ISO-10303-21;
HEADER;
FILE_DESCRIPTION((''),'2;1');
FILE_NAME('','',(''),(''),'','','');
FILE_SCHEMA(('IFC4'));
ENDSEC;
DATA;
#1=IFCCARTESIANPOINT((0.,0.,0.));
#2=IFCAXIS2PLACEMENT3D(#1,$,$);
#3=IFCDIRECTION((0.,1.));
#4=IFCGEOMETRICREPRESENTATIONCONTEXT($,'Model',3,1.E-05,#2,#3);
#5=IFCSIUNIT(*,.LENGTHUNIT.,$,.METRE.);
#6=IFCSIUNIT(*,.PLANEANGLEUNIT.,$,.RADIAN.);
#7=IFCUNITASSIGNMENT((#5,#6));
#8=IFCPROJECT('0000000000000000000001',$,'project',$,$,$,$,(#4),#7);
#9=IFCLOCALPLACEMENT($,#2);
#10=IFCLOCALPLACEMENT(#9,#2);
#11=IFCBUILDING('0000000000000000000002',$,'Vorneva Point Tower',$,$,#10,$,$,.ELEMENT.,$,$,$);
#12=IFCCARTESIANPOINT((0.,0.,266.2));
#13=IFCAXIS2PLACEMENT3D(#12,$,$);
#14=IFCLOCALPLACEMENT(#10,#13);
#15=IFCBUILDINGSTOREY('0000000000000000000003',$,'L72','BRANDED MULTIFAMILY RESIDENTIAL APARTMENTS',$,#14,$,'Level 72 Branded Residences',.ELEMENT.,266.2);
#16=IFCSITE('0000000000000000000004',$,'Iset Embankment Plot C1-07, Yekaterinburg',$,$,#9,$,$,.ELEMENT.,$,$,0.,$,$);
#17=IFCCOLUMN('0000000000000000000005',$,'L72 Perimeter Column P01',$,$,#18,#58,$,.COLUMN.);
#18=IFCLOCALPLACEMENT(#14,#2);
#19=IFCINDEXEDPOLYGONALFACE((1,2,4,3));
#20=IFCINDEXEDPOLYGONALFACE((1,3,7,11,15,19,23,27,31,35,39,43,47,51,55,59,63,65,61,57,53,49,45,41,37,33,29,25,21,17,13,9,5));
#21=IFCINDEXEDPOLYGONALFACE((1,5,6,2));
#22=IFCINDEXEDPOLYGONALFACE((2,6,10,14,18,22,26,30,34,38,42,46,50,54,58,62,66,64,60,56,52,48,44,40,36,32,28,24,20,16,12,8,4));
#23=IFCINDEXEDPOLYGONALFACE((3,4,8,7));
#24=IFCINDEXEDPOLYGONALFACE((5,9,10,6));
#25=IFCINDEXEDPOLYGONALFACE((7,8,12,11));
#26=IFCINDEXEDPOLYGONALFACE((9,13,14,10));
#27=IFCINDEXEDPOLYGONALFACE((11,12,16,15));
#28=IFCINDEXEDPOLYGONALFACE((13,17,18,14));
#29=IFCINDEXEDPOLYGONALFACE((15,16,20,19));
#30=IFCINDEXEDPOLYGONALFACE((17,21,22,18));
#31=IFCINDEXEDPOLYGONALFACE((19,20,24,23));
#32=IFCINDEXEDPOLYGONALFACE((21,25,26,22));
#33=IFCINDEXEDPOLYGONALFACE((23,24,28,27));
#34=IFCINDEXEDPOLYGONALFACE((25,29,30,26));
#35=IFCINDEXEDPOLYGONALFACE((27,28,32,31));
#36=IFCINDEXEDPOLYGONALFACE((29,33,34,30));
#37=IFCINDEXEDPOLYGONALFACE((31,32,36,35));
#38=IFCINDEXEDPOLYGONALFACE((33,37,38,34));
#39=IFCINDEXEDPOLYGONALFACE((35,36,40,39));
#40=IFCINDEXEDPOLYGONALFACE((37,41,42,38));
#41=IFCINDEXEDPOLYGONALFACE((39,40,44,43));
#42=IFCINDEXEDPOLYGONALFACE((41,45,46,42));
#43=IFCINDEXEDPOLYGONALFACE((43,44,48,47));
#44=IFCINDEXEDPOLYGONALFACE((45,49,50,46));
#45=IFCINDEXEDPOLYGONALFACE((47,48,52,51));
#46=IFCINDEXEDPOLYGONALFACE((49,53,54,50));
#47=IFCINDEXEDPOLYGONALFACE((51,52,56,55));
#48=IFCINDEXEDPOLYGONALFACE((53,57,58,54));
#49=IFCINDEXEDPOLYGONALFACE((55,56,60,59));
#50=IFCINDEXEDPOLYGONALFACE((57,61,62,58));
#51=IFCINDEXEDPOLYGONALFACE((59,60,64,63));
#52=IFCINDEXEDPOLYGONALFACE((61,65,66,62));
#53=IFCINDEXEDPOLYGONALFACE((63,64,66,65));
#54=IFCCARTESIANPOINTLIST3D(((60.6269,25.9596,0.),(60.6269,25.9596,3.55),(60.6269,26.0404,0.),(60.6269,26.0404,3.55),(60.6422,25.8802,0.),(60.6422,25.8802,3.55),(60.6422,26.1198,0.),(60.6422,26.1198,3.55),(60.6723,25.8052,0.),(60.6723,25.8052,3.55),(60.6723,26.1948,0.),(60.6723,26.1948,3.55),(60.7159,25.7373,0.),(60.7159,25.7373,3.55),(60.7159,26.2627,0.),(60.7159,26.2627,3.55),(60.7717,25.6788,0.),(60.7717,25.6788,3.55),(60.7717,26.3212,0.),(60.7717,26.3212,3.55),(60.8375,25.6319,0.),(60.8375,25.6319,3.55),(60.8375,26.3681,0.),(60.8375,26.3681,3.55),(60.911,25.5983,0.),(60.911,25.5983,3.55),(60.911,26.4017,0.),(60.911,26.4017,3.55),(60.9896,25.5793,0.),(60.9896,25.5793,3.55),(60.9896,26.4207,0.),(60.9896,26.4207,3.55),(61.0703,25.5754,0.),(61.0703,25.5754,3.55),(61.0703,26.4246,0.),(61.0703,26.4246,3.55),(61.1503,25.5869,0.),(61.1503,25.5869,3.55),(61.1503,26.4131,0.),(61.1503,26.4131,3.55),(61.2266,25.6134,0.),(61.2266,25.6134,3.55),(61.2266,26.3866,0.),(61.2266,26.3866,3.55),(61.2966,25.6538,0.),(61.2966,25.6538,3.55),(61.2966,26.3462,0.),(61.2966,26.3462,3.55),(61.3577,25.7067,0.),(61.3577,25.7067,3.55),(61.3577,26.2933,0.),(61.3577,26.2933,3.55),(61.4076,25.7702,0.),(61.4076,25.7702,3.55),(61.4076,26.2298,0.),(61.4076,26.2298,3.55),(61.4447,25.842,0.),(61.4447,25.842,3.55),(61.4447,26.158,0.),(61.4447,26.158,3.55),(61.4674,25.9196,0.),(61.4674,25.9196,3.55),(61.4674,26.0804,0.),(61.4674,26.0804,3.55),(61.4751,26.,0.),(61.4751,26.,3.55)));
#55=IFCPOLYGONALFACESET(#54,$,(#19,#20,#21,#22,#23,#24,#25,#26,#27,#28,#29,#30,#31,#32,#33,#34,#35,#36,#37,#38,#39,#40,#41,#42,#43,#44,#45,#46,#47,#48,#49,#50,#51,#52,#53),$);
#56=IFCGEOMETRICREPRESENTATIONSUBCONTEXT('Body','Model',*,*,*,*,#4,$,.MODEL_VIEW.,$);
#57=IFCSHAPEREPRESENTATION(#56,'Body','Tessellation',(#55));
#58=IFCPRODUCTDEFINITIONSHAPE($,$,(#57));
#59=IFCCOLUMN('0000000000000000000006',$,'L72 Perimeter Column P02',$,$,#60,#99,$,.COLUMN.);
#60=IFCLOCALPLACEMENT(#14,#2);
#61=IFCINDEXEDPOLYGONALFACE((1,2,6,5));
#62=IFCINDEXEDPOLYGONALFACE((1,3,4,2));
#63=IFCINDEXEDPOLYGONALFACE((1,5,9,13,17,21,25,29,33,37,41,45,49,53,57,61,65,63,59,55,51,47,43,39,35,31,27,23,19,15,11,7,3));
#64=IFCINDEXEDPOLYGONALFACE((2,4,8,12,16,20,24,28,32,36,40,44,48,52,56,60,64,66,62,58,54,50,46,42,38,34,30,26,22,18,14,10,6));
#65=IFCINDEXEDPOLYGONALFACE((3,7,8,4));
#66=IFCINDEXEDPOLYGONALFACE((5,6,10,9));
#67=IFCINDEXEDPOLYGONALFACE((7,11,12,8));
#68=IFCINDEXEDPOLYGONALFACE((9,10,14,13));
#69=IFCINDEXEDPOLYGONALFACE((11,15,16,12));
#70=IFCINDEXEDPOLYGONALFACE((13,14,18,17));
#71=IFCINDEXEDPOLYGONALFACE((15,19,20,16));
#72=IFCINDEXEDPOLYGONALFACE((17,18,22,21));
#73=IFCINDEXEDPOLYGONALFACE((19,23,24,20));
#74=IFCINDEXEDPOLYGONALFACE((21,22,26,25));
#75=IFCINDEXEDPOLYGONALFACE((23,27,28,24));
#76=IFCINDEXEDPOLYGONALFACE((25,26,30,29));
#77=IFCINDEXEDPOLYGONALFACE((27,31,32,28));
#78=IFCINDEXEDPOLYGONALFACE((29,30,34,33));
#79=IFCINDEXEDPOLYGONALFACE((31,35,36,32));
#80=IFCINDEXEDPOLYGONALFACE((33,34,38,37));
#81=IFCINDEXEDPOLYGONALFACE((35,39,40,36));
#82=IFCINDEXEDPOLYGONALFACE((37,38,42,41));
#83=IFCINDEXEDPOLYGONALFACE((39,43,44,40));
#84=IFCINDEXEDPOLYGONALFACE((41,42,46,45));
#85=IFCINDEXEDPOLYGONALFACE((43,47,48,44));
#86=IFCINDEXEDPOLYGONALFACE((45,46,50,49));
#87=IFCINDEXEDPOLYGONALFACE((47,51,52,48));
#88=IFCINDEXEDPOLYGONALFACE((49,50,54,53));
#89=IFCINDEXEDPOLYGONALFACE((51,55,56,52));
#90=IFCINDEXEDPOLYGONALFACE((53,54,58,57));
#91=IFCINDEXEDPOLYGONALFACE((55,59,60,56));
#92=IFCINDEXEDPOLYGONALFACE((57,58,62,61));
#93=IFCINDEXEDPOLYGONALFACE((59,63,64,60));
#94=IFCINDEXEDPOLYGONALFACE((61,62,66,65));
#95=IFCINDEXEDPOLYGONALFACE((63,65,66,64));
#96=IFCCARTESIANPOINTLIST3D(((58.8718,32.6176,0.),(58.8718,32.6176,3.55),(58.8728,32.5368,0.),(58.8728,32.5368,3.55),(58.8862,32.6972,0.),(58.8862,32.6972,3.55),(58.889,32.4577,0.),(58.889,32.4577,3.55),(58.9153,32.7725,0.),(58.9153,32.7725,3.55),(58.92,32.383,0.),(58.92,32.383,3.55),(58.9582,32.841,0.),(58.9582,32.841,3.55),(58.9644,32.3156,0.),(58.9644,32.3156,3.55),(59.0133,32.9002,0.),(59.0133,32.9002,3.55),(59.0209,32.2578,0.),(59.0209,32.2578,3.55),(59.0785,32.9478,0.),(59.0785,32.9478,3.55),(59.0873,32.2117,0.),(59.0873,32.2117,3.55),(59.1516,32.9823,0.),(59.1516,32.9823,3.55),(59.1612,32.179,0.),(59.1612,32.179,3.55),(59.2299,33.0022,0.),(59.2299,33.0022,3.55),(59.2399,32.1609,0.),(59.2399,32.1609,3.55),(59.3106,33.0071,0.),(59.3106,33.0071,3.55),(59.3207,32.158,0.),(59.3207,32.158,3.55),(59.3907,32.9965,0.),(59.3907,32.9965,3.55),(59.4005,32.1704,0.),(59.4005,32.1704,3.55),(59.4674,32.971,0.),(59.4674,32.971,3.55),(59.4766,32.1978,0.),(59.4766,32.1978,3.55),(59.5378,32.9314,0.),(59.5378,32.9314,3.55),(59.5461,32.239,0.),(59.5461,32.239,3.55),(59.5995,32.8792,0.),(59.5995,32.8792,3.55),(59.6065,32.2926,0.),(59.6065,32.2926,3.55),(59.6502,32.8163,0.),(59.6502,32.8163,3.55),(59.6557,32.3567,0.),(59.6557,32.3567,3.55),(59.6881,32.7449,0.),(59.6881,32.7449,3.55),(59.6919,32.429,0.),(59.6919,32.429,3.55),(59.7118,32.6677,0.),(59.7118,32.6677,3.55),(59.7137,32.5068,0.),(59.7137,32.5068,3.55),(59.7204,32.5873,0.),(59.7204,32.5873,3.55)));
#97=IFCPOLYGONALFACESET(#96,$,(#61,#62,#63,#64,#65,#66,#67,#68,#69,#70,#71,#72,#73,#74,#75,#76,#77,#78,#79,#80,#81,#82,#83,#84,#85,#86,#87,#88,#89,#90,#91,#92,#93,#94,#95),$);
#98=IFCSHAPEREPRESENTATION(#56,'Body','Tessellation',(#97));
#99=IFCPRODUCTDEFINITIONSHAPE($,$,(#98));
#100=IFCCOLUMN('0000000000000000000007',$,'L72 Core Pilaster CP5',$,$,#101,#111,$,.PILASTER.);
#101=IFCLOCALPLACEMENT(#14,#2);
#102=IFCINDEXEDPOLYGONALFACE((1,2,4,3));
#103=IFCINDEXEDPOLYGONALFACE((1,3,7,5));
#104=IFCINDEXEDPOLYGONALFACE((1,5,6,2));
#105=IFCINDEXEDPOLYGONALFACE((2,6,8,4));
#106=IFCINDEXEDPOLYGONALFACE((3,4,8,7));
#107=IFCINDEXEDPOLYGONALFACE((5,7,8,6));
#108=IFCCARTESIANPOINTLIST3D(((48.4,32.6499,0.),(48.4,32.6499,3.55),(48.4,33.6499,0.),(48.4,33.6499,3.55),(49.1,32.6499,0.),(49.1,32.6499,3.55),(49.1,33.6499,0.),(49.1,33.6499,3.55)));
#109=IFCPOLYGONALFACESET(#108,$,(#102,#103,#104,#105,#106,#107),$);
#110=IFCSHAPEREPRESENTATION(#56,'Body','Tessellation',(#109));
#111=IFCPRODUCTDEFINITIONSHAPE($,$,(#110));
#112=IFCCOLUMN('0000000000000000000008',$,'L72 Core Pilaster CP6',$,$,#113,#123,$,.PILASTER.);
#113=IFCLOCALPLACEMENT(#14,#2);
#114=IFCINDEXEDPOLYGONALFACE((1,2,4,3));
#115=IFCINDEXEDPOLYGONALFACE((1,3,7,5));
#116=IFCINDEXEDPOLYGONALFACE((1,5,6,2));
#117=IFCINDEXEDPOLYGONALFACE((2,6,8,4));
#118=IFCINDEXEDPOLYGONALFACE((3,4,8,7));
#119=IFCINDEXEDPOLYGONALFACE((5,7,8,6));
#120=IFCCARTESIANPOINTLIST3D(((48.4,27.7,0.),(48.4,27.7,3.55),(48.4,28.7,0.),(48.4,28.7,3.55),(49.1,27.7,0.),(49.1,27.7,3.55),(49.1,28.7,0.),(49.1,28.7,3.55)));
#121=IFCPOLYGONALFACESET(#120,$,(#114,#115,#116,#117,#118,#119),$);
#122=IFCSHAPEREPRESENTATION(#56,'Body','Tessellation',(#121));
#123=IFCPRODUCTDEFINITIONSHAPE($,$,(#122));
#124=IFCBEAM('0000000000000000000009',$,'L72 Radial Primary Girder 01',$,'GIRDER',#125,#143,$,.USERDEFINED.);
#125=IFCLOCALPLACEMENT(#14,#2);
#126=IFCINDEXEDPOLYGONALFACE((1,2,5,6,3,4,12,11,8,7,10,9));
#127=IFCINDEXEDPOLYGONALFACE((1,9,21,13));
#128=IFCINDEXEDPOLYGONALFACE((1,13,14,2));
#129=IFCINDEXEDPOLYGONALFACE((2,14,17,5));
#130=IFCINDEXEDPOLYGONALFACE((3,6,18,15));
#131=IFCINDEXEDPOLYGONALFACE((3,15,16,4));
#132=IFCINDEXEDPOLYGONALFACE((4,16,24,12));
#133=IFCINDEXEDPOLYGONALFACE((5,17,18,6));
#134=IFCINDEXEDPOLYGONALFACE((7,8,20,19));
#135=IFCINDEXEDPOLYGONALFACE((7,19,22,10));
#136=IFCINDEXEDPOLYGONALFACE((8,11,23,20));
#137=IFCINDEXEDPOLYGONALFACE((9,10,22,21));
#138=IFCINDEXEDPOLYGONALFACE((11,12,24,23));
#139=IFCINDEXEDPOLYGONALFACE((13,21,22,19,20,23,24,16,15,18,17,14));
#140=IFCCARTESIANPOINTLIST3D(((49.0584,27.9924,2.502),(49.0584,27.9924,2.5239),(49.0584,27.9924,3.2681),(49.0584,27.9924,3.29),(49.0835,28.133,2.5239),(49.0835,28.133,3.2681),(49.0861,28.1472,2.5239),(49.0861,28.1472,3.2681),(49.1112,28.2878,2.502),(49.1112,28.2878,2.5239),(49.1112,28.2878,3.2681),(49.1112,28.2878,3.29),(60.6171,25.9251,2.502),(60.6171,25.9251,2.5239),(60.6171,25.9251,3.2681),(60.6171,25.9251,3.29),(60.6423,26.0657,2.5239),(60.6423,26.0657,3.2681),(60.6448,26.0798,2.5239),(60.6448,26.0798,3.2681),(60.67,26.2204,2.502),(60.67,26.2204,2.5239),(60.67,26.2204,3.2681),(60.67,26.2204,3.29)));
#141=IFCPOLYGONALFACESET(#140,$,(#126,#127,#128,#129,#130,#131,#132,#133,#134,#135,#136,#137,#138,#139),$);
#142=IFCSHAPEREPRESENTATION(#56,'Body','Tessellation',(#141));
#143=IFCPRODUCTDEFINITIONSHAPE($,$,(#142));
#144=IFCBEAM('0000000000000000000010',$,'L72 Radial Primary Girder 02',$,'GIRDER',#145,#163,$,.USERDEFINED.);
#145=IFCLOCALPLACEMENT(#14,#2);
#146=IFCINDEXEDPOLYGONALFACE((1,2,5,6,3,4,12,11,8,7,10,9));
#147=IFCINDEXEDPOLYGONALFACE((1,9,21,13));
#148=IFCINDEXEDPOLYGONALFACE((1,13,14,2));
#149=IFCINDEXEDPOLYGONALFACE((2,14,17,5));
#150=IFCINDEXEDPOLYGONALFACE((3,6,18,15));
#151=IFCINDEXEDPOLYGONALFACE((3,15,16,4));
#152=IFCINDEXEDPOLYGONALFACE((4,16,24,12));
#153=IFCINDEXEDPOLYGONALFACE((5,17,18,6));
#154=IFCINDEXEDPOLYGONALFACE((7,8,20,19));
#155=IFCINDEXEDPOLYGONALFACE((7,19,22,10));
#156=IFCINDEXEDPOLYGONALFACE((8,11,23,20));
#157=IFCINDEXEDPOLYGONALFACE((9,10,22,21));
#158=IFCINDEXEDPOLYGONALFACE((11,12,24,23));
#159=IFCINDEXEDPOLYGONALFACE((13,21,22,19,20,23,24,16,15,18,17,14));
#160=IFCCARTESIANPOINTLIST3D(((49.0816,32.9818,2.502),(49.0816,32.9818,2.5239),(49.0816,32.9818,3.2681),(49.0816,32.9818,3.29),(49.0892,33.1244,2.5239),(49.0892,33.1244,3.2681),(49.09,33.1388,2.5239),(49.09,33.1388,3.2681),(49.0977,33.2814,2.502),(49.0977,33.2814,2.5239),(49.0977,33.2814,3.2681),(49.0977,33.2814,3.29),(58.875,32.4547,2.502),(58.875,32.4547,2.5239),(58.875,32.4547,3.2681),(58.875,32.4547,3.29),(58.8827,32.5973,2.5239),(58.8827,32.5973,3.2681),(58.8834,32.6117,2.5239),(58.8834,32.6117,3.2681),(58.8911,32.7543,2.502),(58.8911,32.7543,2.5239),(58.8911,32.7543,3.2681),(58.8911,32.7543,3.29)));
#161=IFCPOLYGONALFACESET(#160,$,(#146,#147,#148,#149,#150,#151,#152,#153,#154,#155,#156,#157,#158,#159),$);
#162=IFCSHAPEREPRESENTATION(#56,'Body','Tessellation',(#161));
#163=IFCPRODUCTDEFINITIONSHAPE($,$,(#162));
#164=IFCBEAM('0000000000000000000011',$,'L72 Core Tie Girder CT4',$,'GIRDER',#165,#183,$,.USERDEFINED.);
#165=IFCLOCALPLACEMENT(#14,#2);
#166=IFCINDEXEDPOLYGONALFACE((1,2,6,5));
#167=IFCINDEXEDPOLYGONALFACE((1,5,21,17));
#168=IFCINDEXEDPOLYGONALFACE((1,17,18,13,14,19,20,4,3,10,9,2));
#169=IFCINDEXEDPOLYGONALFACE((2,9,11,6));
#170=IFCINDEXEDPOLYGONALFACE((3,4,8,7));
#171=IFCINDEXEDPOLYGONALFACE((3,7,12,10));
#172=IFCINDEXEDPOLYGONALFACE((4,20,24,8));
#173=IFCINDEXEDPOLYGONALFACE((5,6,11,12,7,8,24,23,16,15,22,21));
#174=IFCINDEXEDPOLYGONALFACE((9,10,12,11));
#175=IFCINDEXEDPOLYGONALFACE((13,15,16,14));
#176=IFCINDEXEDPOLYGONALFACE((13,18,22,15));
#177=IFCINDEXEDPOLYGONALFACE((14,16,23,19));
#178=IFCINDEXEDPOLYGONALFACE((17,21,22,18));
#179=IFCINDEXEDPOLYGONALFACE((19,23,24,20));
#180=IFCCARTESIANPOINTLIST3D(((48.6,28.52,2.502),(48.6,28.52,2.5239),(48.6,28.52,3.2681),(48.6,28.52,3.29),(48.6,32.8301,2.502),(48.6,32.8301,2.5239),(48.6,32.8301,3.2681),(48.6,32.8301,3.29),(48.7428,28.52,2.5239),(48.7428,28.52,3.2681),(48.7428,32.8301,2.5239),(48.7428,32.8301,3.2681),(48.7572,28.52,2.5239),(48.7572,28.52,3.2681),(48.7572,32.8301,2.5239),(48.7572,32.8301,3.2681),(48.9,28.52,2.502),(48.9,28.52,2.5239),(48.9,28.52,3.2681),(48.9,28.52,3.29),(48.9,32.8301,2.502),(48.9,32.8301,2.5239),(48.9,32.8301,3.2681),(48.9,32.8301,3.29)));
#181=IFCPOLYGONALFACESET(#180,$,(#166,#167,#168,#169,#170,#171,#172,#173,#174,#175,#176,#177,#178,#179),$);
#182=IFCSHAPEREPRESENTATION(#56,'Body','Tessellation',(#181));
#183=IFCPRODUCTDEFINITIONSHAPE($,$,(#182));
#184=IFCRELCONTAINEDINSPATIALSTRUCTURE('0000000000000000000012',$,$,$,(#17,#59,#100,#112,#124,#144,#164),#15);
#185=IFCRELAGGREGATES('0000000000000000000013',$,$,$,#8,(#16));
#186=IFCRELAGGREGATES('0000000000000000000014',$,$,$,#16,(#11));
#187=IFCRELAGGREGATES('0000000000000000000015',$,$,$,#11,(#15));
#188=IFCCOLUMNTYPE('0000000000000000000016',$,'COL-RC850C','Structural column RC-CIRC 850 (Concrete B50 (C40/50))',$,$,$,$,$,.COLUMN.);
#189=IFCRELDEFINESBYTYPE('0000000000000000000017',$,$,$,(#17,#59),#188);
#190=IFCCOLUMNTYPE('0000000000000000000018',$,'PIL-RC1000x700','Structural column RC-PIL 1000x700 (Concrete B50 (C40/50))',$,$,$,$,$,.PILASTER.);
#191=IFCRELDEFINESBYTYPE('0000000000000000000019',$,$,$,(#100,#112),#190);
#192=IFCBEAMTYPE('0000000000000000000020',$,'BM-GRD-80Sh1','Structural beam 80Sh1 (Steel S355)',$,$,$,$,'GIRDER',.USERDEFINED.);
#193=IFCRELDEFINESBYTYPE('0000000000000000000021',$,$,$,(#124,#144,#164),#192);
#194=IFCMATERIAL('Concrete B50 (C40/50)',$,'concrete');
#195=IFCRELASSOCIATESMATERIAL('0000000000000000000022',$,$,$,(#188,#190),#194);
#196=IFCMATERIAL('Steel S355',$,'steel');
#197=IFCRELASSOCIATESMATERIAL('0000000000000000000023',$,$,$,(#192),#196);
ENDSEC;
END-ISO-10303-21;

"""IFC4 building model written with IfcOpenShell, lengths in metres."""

from ifc_helpers import new_model, si_unit, direction, frame, origin, origin_2d, place, context, subcontext, project, spatial, rectangle, circle, i_section, extrude, material, material_profile, profile_set, type_object, element, save


model = new_model("IFC4")

# Units and contexts
model_context = context("Model", 3, precision=1e-05, world=origin(), true_north=direction((0.0, 1.0)))
body_context = subcontext(model_context, "Body", "Model", "MODEL_VIEW")
ifc_project = project(units=[si_unit("LENGTHUNIT", "METRE"), si_unit("PLANEANGLEUNIT", "RADIAN")], contexts=[model_context])

# Site, building, storey
site_placement = place(None, origin())
site = spatial("IfcSite", under=ifc_project, at=site_placement, Name="Iset Embankment Plot C1-07, Yekaterinburg", CompositionType="ELEMENT", RefElevation=0.0)
building_placement = place(site_placement, origin())
building = spatial("IfcBuilding", under=site, at=building_placement, Name="Vorneva Point Tower", CompositionType="ELEMENT")
storey_placement = place(building_placement, frame((0.0, 0.0, 266.2)))
storey = spatial("IfcBuildingStorey", under=building, at=storey_placement, Name="L72", Description="BRANDED MULTIFAMILY RESIDENTIAL APARTMENTS", LongName="Level 72 Branded Residences", CompositionType="ELEMENT", Elevation=266.2)

# Columns
ifc_material_1 = material(Name="Concrete B50 (C40/50)", Category="concrete")
ifc_material_profile_1 = material_profile(ifc_material_1, circle(Radius=0.425, at=origin_2d()), Name="RC-CIRC 850")
ifc_profile_set_1 = profile_set([ifc_material_profile_1], Name="Concrete B50 (C40/50)")
column_type_1 = type_object("IfcColumnType", Name="COL-RC850C", Description="Structural column RC-CIRC 850 (Concrete B50 (C40/50))", PredefinedType="COLUMN", material=ifc_profile_set_1)
for number, where, z_axis, x_axis, name in (
    (1, (61.05, 26.0, 0.0), (0.0, 0.0, 1.0), (1.0, 0.0, 0.0), "L72 Perimeter Column P01"),
    (2, (59.2954, 32.5823, 0.0), (0.0, 0.0, 1.0), (0.92388, 0.382683, 0.0), "L72 Perimeter Column P02"),
):
    element("IfcColumn", number, at=place(storey_placement, frame(where, z_axis=z_axis, x_axis=x_axis)), inside=storey, type_object=column_type_1, Name=name, PredefinedType="COLUMN", context=body_context, shape_type="SweptSolid", body=[
        extrude(circle(Radius=0.425, at=origin_2d()), origin(), (0.0, 0.0, 1.0), 3.55),
    ])
ifc_material_profile_2 = material_profile(ifc_material_1, rectangle(XDim=0.7, YDim=1.0, at=origin_2d()), Name="RC-PIL 1000x700")
ifc_profile_set_2 = profile_set([ifc_material_profile_2], Name="Concrete B50 (C40/50)")
column_type_2 = type_object("IfcColumnType", Name="PIL-RC1000x700", Description="Structural column RC-PIL 1000x700 (Concrete B50 (C40/50))", PredefinedType="PILASTER", material=ifc_profile_set_2)
for number, where, z_axis, x_axis, name in (
    (3, (48.75, 33.1499, 0.0), (0.0, 0.0, 1.0), (1.0, 0.0, 0.0), "L72 Core Pilaster CP5"),
    (4, (48.75, 28.2, 0.0), (0.0, 0.0, 1.0), (1.0, 0.0, 0.0), "L72 Core Pilaster CP6"),
):
    element("IfcColumn", number, at=place(storey_placement, frame(where, z_axis=z_axis, x_axis=x_axis)), inside=storey, type_object=column_type_2, Name=name, PredefinedType="PILASTER", context=body_context, shape_type="SweptSolid", body=[
        extrude(rectangle(XDim=0.7, YDim=1.0, at=origin_2d()), origin(), (0.0, 0.0, 1.0), 3.55),
    ])

# Beams
ifc_material_2 = material(Name="Steel S355", Category="steel")
ifc_material_profile_3 = material_profile(ifc_material_2, i_section(OverallWidth=0.3, OverallDepth=0.7881, WebThickness=0.0144, FlangeThickness=0.022, at=origin_2d()), Name="80Sh1")
ifc_profile_set_3 = profile_set([ifc_material_profile_3], Name="Steel S355")
beam_type_1 = type_object("IfcBeamType", Name="BM-GRD-80Sh1", Description="Structural beam 80Sh1 (Steel S355)", ElementType="GIRDER", PredefinedType="USERDEFINED", material=ifc_profile_set_3)
beam_1_placement = place(storey_placement, frame((60.6436, 26.0728, 2.896), z_axis=(-0.984379, 0.176063, 0.0), x_axis=(-0.176063, -0.984379, 0.0)))
element("IfcBeam", 5, at=beam_1_placement, inside=storey, type_object=beam_type_1, Name="L72 Radial Primary Girder 01", ObjectType="GIRDER", PredefinedType="USERDEFINED", context=body_context, shape_type="SweptSolid", body=[
    extrude(i_section(OverallWidth=0.3, OverallDepth=0.7881, WebThickness=0.0144, FlangeThickness=0.022, at=origin_2d()), origin(), (0.0, 0.0, 1.0), 11.7422),
])
beam_2_placement = place(storey_placement, frame((58.8831, 32.6045, 2.896), z_axis=(-0.998555, 0.053744, 0.0), x_axis=(-0.053744, -0.998555, 0.0)))
element("IfcBeam", 6, at=beam_2_placement, inside=storey, type_object=beam_type_1, Name="L72 Radial Primary Girder 02", ObjectType="GIRDER", PredefinedType="USERDEFINED", context=body_context, shape_type="SweptSolid", body=[
    extrude(i_section(OverallWidth=0.3, OverallDepth=0.7881, WebThickness=0.0144, FlangeThickness=0.022, at=origin_2d()), origin(), (0.0, 0.0, 1.0), 9.8076),
])
beam_3_placement = place(storey_placement, frame((48.75, 28.52, 2.896), z_axis=(0.0, 1.0, 0.0), x_axis=(-1.0, 0.0, 0.0)))
element("IfcBeam", 7, at=beam_3_placement, inside=storey, type_object=beam_type_1, Name="L72 Core Tie Girder CT4", ObjectType="GIRDER", PredefinedType="USERDEFINED", context=body_context, shape_type="SweptSolid", body=[
    extrude(i_section(OverallWidth=0.3, OverallDepth=0.7881, WebThickness=0.0144, FlangeThickness=0.022, at=origin_2d()), origin(), (0.0, 0.0, 1.0), 4.3101),
])

save(model, "model.ifc")
